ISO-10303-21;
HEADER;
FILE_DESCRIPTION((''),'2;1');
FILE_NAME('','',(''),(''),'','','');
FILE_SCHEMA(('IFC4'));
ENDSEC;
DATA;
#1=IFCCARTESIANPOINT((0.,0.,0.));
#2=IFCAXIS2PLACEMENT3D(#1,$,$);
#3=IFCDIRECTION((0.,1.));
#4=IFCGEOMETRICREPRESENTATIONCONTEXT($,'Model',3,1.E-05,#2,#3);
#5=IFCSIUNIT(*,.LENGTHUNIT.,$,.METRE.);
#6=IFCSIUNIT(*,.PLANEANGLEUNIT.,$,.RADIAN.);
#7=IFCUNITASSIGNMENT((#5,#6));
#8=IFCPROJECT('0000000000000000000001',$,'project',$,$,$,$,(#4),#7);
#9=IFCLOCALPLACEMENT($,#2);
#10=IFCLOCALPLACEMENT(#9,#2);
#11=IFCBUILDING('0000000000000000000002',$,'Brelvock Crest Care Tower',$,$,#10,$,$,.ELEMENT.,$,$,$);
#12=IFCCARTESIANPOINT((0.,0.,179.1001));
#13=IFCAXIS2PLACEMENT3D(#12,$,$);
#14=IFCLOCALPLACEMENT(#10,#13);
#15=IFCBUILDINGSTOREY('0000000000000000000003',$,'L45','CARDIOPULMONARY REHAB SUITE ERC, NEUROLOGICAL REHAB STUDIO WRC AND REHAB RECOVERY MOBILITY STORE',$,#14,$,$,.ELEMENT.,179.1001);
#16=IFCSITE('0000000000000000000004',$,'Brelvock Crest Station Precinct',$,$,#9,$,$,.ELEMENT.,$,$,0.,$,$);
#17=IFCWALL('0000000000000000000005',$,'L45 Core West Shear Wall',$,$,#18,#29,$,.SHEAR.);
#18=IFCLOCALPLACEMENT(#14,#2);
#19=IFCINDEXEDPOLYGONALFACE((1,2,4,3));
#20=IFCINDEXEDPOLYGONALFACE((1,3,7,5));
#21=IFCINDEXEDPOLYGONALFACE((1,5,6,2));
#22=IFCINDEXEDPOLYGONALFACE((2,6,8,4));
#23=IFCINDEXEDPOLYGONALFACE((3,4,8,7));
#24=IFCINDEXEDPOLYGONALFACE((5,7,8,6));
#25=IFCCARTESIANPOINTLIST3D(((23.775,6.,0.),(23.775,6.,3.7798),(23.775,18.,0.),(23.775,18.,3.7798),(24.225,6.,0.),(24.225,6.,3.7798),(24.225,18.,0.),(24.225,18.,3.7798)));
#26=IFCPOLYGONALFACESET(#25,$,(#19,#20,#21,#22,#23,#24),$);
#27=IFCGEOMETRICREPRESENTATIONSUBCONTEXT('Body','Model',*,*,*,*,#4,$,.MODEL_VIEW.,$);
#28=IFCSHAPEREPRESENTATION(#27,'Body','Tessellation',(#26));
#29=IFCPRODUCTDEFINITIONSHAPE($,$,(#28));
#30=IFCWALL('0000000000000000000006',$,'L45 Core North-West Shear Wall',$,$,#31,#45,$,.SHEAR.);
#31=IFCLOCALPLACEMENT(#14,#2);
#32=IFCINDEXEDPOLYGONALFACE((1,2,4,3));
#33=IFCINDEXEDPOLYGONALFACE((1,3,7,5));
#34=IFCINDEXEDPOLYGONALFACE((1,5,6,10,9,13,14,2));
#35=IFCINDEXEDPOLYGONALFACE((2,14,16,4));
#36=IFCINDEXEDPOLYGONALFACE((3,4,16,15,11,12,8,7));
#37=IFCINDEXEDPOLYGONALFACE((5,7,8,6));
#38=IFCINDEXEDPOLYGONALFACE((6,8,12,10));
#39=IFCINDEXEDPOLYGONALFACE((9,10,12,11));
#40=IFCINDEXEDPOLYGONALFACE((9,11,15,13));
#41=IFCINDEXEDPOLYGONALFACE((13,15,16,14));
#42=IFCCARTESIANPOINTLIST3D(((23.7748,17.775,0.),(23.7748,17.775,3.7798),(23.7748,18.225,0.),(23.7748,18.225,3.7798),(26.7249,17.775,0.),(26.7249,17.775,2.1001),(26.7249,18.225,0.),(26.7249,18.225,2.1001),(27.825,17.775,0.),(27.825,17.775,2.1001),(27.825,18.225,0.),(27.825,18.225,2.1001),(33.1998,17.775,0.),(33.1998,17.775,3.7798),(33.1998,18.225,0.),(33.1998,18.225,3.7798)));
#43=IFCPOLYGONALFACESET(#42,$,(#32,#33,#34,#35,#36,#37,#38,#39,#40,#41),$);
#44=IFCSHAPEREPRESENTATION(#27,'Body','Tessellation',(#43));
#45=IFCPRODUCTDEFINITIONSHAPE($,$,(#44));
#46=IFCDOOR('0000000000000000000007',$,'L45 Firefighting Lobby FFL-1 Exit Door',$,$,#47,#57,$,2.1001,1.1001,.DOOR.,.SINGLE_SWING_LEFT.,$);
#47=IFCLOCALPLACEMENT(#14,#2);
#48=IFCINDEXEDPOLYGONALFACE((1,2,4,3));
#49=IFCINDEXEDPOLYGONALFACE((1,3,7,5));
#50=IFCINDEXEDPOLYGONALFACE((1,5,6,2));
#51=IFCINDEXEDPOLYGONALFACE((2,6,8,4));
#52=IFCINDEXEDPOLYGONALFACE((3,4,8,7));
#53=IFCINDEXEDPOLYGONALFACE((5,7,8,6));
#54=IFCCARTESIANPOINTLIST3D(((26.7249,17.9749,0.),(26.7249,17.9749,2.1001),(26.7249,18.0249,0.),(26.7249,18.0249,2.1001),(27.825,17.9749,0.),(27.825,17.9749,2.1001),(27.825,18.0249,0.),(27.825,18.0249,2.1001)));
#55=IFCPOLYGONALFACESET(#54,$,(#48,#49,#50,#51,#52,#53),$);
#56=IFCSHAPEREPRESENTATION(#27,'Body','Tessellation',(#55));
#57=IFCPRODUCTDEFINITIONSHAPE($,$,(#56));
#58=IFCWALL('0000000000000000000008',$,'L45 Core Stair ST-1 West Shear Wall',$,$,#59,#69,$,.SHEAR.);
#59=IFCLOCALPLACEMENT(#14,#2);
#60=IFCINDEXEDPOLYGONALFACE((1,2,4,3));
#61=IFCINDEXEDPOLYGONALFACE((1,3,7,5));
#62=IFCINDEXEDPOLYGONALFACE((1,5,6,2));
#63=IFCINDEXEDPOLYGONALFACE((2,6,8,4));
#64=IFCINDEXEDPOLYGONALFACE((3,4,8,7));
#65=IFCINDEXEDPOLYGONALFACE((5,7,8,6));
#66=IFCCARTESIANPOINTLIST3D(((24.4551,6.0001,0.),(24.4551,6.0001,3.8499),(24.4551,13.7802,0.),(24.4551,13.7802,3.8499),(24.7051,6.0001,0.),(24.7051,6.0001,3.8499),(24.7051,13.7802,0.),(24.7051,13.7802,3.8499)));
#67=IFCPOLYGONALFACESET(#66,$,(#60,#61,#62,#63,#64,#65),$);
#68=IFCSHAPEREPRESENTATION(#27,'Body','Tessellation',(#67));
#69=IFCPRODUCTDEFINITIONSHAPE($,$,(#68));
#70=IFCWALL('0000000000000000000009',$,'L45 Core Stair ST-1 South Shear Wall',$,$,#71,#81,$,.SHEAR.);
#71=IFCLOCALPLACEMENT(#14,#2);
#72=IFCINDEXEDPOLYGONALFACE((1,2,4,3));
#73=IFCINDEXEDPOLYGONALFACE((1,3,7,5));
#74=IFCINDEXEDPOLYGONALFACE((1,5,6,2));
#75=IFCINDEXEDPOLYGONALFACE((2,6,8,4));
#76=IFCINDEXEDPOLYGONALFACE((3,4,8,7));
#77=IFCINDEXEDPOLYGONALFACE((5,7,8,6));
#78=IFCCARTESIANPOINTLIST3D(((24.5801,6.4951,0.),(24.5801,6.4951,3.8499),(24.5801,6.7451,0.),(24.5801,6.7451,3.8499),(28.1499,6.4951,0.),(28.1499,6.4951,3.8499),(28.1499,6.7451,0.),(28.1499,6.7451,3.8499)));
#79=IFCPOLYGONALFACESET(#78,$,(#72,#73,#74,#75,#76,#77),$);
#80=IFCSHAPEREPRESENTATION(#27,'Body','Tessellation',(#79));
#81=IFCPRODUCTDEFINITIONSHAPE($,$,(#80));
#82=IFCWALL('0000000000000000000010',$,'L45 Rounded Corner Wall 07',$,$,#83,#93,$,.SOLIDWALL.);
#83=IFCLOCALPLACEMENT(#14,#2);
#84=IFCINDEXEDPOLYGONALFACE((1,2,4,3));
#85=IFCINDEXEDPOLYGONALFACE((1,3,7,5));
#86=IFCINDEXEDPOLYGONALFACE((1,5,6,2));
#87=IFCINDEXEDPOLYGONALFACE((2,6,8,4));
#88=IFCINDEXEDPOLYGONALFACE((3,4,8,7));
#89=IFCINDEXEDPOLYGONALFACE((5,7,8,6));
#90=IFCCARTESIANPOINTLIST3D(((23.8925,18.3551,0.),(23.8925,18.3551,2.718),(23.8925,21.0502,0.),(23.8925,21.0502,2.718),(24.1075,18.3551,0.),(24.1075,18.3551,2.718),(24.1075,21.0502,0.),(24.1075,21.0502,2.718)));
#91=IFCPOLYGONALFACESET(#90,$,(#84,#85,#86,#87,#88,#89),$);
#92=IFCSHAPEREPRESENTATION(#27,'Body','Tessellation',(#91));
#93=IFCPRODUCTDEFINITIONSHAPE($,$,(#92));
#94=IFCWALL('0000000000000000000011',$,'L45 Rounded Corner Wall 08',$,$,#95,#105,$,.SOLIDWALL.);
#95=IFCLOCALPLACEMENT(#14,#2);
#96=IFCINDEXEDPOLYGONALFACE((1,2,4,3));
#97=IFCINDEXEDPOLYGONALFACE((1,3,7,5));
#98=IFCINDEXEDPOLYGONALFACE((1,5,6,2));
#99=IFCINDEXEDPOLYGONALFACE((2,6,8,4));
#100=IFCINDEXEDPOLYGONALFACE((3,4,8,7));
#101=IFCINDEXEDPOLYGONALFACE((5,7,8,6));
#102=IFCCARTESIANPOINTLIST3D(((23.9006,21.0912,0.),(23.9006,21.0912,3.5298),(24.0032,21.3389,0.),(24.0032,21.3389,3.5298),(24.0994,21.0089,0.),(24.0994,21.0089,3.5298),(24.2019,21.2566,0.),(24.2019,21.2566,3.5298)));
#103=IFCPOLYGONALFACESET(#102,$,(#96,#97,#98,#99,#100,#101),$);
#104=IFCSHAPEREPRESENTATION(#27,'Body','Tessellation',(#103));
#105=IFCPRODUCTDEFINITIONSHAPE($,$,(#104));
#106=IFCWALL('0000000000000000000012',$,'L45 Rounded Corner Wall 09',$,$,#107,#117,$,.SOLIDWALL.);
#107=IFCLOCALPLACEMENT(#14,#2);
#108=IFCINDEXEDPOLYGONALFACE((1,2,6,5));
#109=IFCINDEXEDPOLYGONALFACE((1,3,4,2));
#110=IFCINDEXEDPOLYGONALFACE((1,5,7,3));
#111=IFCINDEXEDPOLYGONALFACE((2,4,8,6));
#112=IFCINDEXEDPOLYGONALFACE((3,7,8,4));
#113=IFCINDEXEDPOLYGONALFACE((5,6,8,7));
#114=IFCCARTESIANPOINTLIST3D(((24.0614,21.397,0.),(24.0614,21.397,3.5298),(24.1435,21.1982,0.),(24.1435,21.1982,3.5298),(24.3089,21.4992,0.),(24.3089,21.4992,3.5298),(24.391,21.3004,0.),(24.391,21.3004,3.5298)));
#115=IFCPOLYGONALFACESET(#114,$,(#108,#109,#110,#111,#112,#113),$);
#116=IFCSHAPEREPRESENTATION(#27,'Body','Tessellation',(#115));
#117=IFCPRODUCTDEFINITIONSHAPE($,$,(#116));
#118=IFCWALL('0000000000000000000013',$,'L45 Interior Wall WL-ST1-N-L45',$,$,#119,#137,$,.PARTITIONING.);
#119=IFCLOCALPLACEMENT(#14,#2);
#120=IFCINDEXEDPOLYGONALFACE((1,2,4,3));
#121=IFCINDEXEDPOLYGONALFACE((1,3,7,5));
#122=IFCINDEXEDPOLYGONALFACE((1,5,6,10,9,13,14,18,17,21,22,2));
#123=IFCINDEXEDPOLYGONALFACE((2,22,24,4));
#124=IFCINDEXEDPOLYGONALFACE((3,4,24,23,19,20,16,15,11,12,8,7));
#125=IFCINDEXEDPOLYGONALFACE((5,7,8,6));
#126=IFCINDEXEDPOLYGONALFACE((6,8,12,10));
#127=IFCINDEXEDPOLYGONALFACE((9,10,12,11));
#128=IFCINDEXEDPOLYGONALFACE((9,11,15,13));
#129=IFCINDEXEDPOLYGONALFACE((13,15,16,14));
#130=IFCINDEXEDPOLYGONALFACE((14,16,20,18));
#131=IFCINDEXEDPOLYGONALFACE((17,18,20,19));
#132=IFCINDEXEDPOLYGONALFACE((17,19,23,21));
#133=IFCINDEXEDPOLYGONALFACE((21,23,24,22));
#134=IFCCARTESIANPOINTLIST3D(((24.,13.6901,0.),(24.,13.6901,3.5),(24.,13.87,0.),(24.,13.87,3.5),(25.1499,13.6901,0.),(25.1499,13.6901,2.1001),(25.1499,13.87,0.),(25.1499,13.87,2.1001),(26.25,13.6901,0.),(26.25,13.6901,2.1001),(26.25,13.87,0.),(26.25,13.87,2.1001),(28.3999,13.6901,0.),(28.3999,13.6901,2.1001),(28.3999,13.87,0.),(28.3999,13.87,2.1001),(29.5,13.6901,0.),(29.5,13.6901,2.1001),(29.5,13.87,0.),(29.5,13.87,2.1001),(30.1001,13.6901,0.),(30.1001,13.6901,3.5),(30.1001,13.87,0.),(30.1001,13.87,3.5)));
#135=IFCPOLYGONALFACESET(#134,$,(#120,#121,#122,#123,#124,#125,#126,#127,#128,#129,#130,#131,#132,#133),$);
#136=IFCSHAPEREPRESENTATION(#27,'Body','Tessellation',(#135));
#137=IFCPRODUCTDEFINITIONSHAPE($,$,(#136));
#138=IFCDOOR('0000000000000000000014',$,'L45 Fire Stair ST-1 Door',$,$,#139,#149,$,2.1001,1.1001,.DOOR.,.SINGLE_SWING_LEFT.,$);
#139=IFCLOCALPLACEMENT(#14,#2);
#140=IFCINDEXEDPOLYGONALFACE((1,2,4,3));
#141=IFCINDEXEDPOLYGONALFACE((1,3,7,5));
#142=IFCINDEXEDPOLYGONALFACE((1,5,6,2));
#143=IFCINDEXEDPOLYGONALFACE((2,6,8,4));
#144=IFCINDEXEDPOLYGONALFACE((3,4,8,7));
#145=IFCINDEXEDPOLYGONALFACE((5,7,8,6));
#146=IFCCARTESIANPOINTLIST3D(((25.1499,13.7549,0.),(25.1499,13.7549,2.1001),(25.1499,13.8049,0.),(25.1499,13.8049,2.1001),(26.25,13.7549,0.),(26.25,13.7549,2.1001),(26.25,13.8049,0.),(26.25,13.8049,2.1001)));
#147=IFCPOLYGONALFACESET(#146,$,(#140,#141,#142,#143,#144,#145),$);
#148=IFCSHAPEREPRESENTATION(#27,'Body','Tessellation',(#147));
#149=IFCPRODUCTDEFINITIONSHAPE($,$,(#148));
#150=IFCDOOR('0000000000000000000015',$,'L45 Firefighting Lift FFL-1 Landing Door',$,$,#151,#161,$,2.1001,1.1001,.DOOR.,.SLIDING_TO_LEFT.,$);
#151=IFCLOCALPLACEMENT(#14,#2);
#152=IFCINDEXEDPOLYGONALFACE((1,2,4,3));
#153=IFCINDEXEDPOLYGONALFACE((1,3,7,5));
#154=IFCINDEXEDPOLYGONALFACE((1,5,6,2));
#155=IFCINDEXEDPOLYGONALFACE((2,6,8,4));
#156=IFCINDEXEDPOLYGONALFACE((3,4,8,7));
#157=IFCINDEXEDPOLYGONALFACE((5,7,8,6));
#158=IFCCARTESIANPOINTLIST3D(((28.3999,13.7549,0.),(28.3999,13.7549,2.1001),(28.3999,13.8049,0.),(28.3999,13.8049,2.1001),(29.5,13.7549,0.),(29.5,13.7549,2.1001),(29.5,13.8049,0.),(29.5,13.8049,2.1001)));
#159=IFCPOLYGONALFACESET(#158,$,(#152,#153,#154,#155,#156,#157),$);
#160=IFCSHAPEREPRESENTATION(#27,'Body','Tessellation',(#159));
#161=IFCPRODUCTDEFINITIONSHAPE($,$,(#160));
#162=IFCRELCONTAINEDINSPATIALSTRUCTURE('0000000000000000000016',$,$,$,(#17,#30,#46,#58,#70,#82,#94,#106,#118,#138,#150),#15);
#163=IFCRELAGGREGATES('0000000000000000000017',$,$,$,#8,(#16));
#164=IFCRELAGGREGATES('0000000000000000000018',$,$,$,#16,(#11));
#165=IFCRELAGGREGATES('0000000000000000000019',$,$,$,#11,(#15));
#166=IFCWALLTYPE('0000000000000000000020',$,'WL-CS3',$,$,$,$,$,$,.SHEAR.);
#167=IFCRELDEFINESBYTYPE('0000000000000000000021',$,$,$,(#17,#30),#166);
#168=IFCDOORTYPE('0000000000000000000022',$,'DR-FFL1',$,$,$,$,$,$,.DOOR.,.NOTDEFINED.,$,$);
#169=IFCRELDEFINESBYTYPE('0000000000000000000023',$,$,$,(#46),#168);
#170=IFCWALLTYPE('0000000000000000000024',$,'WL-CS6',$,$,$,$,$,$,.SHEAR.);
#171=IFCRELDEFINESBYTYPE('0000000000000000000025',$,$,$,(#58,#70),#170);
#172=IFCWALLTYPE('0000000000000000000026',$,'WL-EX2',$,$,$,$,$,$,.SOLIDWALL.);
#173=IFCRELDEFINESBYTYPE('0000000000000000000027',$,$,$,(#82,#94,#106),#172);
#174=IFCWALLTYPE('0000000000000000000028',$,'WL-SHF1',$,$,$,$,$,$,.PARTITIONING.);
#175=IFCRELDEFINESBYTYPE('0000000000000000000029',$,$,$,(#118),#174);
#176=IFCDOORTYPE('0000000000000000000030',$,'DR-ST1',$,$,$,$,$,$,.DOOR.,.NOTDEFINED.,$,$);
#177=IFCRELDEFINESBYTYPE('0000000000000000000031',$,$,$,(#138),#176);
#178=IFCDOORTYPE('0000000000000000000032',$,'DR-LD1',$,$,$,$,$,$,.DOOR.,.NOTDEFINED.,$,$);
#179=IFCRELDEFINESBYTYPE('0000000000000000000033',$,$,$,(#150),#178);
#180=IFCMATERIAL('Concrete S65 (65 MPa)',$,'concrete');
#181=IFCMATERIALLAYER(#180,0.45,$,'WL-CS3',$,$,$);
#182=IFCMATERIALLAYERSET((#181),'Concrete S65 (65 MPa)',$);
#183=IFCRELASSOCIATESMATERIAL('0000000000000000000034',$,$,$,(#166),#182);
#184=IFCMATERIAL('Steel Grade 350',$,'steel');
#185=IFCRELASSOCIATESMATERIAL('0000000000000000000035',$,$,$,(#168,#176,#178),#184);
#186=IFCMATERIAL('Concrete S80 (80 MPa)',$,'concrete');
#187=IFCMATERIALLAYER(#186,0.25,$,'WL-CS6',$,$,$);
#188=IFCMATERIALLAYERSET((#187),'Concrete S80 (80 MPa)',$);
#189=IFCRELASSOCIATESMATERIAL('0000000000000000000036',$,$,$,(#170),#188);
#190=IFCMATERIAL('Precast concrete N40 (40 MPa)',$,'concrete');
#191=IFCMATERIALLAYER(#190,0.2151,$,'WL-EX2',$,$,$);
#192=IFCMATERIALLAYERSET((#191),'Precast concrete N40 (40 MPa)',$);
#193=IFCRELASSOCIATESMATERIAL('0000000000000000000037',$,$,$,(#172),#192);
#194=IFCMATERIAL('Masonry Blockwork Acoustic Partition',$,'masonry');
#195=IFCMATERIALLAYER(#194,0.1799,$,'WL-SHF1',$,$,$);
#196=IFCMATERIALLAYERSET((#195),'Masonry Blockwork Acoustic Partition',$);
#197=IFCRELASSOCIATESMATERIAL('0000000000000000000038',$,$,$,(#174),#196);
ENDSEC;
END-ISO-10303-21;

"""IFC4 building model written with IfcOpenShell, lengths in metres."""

from ifc_helpers import new_model, si_unit, direction, frame, frame_2d, origin, origin_2d, place, context, subcontext, project, spatial, rectangle, extrude, source, transform, mapped, material, layer, layer_set, type_object, element, fill, save


model = new_model("IFC4")

# Units and contexts
model_context = context("Model", 3, precision=1e-05, world=origin(), true_north=direction((0.0, 1.0)))
body_context = subcontext(model_context, "Body", "Model", "MODEL_VIEW")
ifc_project = project(units=[si_unit("LENGTHUNIT", "METRE"), si_unit("PLANEANGLEUNIT", "RADIAN")], contexts=[model_context])

# Site, building, storey
site_placement = place(None, origin())
site = spatial("IfcSite", under=ifc_project, at=site_placement, Name="Brelvock Crest Station Precinct", CompositionType="ELEMENT", RefElevation=0.0)
building_placement = place(site_placement, origin())
building = spatial("IfcBuilding", under=site, at=building_placement, Name="Brelvock Crest Care Tower", CompositionType="ELEMENT")
storey_placement = place(building_placement, frame((0.0, 0.0, 179.1001)))
storey = spatial("IfcBuildingStorey", under=building, at=storey_placement, Name="L45", Description="CARDIOPULMONARY REHAB SUITE ERC, NEUROLOGICAL REHAB STUDIO WRC AND REHAB RECOVERY MOBILITY STORE", CompositionType="ELEMENT", Elevation=179.1001)

# Shared definitions
ifc_material_1 = material(Name="Concrete S65 (65 MPa)", Category="concrete")

# Shared definitions
ifc_material_2 = material(Name="Steel Grade 350", Category="steel")

# Wall
ifc_layer_1 = layer(ifc_material_1, 0.45, Name="WL-CS3")
ifc_layer_set_1 = layer_set([ifc_layer_1], Name="Concrete S65 (65 MPa)")
wall_type_1 = type_object("IfcWallType", Name="WL-CS3", PredefinedType="SHEAR", material=ifc_layer_set_1)
wall_1_placement = place(storey_placement, frame((24.0, 6.0, 0.0), z_axis=(0.0, 0.0, 1.0), x_axis=(0.0, 1.0, 0.0)))
element("IfcWall", 1, at=wall_1_placement, inside=storey, type_object=wall_type_1, Name="L45 Core West Shear Wall", PredefinedType="SHEAR", context=body_context, shape_type="SweptSolid", body=[
    extrude(rectangle(XDim=12.0, YDim=0.45, at=frame_2d((6.0, 0.0))), origin(), (0.0, 0.0, 1.0), 3.7798),
])

# Wall, opening, door
wall_2_placement = place(storey_placement, frame((23.7749, 18.0, 0.0), z_axis=(0.0, 0.0, 1.0), x_axis=(1.0, 0.0, 0.0)))
wall_2 = element("IfcWall", 2, at=wall_2_placement, inside=storey, type_object=wall_type_1, Name="L45 Core North-West Shear Wall", PredefinedType="SHEAR", context=body_context, shape_type="SweptSolid", body=[
    extrude(rectangle(XDim=9.425, YDim=0.45, at=frame_2d((4.7124, 0.0))), origin(), (0.0, 0.0, 1.0), 3.7798),
])
opening_1_placement = place(wall_2_placement, frame((2.95, 0.0, 0.0)))
opening_1 = element("IfcOpeningElement", 3, at=opening_1_placement, cuts=wall_2, PredefinedType="OPENING", context=body_context, shape_type="SweptSolid", body=[
    extrude(rectangle(XDim=1.1001, YDim=2.1001, at=origin_2d()), frame((0.55, 0.2349, 1.05), z_axis=(0.0, -1.0, 0.0), x_axis=(1.0, 0.0, 0.0)), (0.0, 0.0, 1.0), 0.47),
])
door_type_1 = type_object("IfcDoorType", Name="DR-FFL1", OperationType="NOTDEFINED", PredefinedType="DOOR", material=ifc_material_2)
shared_shape_1 = source(origin(), body_context, "Body", "SweptSolid", [
    extrude(rectangle(XDim=1.1001, YDim=2.1001, at=origin_2d()), frame((0.55, 0.0249, 1.05), z_axis=(0.0, -1.0, 0.0), x_axis=(1.0, 0.0, 0.0)), (0.0, 0.0, 1.0), 0.05),
])
door_1_placement = place(opening_1_placement, origin())
door_1 = element("IfcDoor", 4, at=door_1_placement, inside=storey, type_object=door_type_1, Name="L45 Firefighting Lobby FFL-1 Exit Door", OperationType="SINGLE_SWING_LEFT", OverallHeight=2.1001, OverallWidth=1.1001, PredefinedType="DOOR", context=body_context, shape_type="MappedRepresentation", body=[
    mapped(shared_shape_1, transform((0.0, 0.0, 0.0), x_axis=(1.0, 0.0, 0.0), y_axis=(0.0, 1.0, 0.0), z_axis=(0.0, 0.0, 1.0), scale=1.0)),
])
fill(opening_1, door_1)

# Walls
ifc_material_3 = material(Name="Concrete S80 (80 MPa)", Category="concrete")
ifc_layer_2 = layer(ifc_material_3, 0.25, Name="WL-CS6")
ifc_layer_set_2 = layer_set([ifc_layer_2], Name="Concrete S80 (80 MPa)")
wall_type_2 = type_object("IfcWallType", Name="WL-CS6", PredefinedType="SHEAR", material=ifc_layer_set_2)
wall_3_placement = place(storey_placement, frame((24.5801, 6.0, 0.0), z_axis=(0.0, 0.0, 1.0), x_axis=(0.0, 1.0, 0.0)))
element("IfcWall", 5, at=wall_3_placement, inside=storey, type_object=wall_type_2, Name="L45 Core Stair ST-1 West Shear Wall", PredefinedType="SHEAR", context=body_context, shape_type="SweptSolid", body=[
    extrude(rectangle(XDim=7.78, YDim=0.25, at=frame_2d((3.8901, 0.0))), origin(), (0.0, 0.0, 1.0), 3.8499),
])
wall_4_placement = place(storey_placement, frame((24.5801, 6.6201, 0.0), z_axis=(0.0, 0.0, 1.0), x_axis=(1.0, 0.0, 0.0)))
element("IfcWall", 6, at=wall_4_placement, inside=storey, type_object=wall_type_2, Name="L45 Core Stair ST-1 South Shear Wall", PredefinedType="SHEAR", context=body_context, shape_type="SweptSolid", body=[
    extrude(rectangle(XDim=3.5698, YDim=0.25, at=frame_2d((1.7849, 0.0))), origin(), (0.0, 0.0, 1.0), 3.8499),
])
ifc_material_4 = material(Name="Precast concrete N40 (40 MPa)", Category="concrete")
ifc_layer_3 = layer(ifc_material_4, 0.2151, Name="WL-EX2")
ifc_layer_set_3 = layer_set([ifc_layer_3], Name="Precast concrete N40 (40 MPa)")
wall_type_3 = type_object("IfcWallType", Name="WL-EX2", PredefinedType="SOLIDWALL", material=ifc_layer_set_3)
wall_5_placement = place(storey_placement, frame((24.0, 18.355, 0.0), z_axis=(0.0, 0.0, 1.0), x_axis=(0.0, 1.0, 0.0)))
element("IfcWall", 7, at=wall_5_placement, inside=storey, type_object=wall_type_3, Name="L45 Rounded Corner Wall 07", PredefinedType="SOLIDWALL", context=body_context, shape_type="SweptSolid", body=[
    extrude(rectangle(XDim=2.6951, YDim=0.2151, at=frame_2d((1.3477, 0.0))), origin(), (0.0, 0.0, 1.0), 2.718),
])
wall_6_placement = place(storey_placement, frame((24.0, 21.05, 0.0), z_axis=(0.0, 0.0, 1.0), x_axis=(0.382674, 0.923884, 0.0)))
element("IfcWall", 8, at=wall_6_placement, inside=storey, type_object=wall_type_3, Name="L45 Rounded Corner Wall 08", PredefinedType="SOLIDWALL", context=body_context, shape_type="SweptSolid", body=[
    extrude(rectangle(XDim=0.2681, YDim=0.2151, at=frame_2d((0.134, 0.0))), origin(), (0.0, 0.0, 1.0), 3.5298),
])
wall_7_placement = place(storey_placement, frame((24.1025, 21.2976, 0.0), z_axis=(0.0, 0.0, 1.0), x_axis=(0.924205, 0.381896, 0.0)))
element("IfcWall", 9, at=wall_7_placement, inside=storey, type_object=wall_type_3, Name="L45 Rounded Corner Wall 09", PredefinedType="SOLIDWALL", context=body_context, shape_type="SweptSolid", body=[
    extrude(rectangle(XDim=0.2678, YDim=0.2151, at=frame_2d((0.1338, 0.0))), origin(), (0.0, 0.0, 1.0), 3.5298),
])

# Wall, openings, doors
ifc_material_5 = material(Name="Masonry Blockwork Acoustic Partition", Category="masonry")
ifc_layer_4 = layer(ifc_material_5, 0.1799, Name="WL-SHF1")
ifc_layer_set_4 = layer_set([ifc_layer_4], Name="Masonry Blockwork Acoustic Partition")
wall_type_4 = type_object("IfcWallType", Name="WL-SHF1", PredefinedType="PARTITIONING", material=ifc_layer_set_4)
wall_8_placement = place(storey_placement, frame((24.0, 13.78, 0.0), z_axis=(0.0, 0.0, 1.0), x_axis=(1.0, 0.0, 0.0)))
wall_8 = element("IfcWall", 10, at=wall_8_placement, inside=storey, type_object=wall_type_4, Name="L45 Interior Wall WL-ST1-N-L45", PredefinedType="PARTITIONING", context=body_context, shape_type="SweptSolid", body=[
    extrude(rectangle(XDim=6.1001, YDim=0.1799, at=frame_2d((3.05, 0.0))), origin(), (0.0, 0.0, 1.0), 3.5),
])
opening_2_placement = place(wall_8_placement, frame((1.1499, 0.0, 0.0)))
opening_2 = element("IfcOpeningElement", 11, at=opening_2_placement, cuts=wall_8, PredefinedType="OPENING", context=body_context, shape_type="SweptSolid", body=[
    extrude(rectangle(XDim=1.1001, YDim=2.1001, at=origin_2d()), frame((0.55, 0.1001, 1.05), z_axis=(0.0, -1.0, 0.0), x_axis=(1.0, 0.0, 0.0)), (0.0, 0.0, 1.0), 0.2),
])
opening_3_placement = place(wall_8_placement, frame((4.3999, 0.0, 0.0)))
opening_3 = element("IfcOpeningElement", 12, at=opening_3_placement, cuts=wall_8, PredefinedType="OPENING", context=body_context, shape_type="SweptSolid", body=[
    extrude(rectangle(XDim=1.1001, YDim=2.1001, at=origin_2d()), frame((0.55, 0.1001, 1.05), z_axis=(0.0, -1.0, 0.0), x_axis=(1.0, 0.0, 0.0)), (0.0, 0.0, 1.0), 0.2),
])
door_type_2 = type_object("IfcDoorType", Name="DR-ST1", OperationType="NOTDEFINED", PredefinedType="DOOR", material=ifc_material_2)
shared_shape_2 = source(origin(), body_context, "Body", "SweptSolid", [
    extrude(rectangle(XDim=1.1001, YDim=2.1001, at=origin_2d()), frame((0.55, 0.0249, 1.05), z_axis=(0.0, -1.0, 0.0), x_axis=(1.0, 0.0, 0.0)), (0.0, 0.0, 1.0), 0.05),
])
door_2_placement = place(opening_2_placement, origin())
door_2 = element("IfcDoor", 13, at=door_2_placement, inside=storey, type_object=door_type_2, Name="L45 Fire Stair ST-1 Door", OperationType="SINGLE_SWING_LEFT", OverallHeight=2.1001, OverallWidth=1.1001, PredefinedType="DOOR", context=body_context, shape_type="MappedRepresentation", body=[
    mapped(shared_shape_2, transform((0.0, 0.0, 0.0), x_axis=(1.0, 0.0, 0.0), y_axis=(0.0, 1.0, 0.0), z_axis=(0.0, 0.0, 1.0), scale=1.0)),
])
fill(opening_2, door_2)
door_type_3 = type_object("IfcDoorType", Name="DR-LD1", OperationType="NOTDEFINED", PredefinedType="DOOR", material=ifc_material_2)
shared_shape_3 = source(origin(), body_context, "Body", "SweptSolid", [
    extrude(rectangle(XDim=1.1001, YDim=2.1001, at=origin_2d()), frame((0.55, 0.0249, 1.05), z_axis=(0.0, -1.0, 0.0), x_axis=(1.0, 0.0, 0.0)), (0.0, 0.0, 1.0), 0.05),
])
door_3_placement = place(opening_3_placement, origin())
door_3 = element("IfcDoor", 14, at=door_3_placement, inside=storey, type_object=door_type_3, Name="L45 Firefighting Lift FFL-1 Landing Door", OperationType="SLIDING_TO_LEFT", OverallHeight=2.1001, OverallWidth=1.1001, PredefinedType="DOOR", context=body_context, shape_type="MappedRepresentation", body=[
    mapped(shared_shape_3, transform((0.0, 0.0, 0.0), x_axis=(1.0, 0.0, 0.0), y_axis=(0.0, 1.0, 0.0), z_axis=(0.0, 0.0, 1.0), scale=1.0)),
])
fill(opening_3, door_3)

save(model, "model.ifc")
